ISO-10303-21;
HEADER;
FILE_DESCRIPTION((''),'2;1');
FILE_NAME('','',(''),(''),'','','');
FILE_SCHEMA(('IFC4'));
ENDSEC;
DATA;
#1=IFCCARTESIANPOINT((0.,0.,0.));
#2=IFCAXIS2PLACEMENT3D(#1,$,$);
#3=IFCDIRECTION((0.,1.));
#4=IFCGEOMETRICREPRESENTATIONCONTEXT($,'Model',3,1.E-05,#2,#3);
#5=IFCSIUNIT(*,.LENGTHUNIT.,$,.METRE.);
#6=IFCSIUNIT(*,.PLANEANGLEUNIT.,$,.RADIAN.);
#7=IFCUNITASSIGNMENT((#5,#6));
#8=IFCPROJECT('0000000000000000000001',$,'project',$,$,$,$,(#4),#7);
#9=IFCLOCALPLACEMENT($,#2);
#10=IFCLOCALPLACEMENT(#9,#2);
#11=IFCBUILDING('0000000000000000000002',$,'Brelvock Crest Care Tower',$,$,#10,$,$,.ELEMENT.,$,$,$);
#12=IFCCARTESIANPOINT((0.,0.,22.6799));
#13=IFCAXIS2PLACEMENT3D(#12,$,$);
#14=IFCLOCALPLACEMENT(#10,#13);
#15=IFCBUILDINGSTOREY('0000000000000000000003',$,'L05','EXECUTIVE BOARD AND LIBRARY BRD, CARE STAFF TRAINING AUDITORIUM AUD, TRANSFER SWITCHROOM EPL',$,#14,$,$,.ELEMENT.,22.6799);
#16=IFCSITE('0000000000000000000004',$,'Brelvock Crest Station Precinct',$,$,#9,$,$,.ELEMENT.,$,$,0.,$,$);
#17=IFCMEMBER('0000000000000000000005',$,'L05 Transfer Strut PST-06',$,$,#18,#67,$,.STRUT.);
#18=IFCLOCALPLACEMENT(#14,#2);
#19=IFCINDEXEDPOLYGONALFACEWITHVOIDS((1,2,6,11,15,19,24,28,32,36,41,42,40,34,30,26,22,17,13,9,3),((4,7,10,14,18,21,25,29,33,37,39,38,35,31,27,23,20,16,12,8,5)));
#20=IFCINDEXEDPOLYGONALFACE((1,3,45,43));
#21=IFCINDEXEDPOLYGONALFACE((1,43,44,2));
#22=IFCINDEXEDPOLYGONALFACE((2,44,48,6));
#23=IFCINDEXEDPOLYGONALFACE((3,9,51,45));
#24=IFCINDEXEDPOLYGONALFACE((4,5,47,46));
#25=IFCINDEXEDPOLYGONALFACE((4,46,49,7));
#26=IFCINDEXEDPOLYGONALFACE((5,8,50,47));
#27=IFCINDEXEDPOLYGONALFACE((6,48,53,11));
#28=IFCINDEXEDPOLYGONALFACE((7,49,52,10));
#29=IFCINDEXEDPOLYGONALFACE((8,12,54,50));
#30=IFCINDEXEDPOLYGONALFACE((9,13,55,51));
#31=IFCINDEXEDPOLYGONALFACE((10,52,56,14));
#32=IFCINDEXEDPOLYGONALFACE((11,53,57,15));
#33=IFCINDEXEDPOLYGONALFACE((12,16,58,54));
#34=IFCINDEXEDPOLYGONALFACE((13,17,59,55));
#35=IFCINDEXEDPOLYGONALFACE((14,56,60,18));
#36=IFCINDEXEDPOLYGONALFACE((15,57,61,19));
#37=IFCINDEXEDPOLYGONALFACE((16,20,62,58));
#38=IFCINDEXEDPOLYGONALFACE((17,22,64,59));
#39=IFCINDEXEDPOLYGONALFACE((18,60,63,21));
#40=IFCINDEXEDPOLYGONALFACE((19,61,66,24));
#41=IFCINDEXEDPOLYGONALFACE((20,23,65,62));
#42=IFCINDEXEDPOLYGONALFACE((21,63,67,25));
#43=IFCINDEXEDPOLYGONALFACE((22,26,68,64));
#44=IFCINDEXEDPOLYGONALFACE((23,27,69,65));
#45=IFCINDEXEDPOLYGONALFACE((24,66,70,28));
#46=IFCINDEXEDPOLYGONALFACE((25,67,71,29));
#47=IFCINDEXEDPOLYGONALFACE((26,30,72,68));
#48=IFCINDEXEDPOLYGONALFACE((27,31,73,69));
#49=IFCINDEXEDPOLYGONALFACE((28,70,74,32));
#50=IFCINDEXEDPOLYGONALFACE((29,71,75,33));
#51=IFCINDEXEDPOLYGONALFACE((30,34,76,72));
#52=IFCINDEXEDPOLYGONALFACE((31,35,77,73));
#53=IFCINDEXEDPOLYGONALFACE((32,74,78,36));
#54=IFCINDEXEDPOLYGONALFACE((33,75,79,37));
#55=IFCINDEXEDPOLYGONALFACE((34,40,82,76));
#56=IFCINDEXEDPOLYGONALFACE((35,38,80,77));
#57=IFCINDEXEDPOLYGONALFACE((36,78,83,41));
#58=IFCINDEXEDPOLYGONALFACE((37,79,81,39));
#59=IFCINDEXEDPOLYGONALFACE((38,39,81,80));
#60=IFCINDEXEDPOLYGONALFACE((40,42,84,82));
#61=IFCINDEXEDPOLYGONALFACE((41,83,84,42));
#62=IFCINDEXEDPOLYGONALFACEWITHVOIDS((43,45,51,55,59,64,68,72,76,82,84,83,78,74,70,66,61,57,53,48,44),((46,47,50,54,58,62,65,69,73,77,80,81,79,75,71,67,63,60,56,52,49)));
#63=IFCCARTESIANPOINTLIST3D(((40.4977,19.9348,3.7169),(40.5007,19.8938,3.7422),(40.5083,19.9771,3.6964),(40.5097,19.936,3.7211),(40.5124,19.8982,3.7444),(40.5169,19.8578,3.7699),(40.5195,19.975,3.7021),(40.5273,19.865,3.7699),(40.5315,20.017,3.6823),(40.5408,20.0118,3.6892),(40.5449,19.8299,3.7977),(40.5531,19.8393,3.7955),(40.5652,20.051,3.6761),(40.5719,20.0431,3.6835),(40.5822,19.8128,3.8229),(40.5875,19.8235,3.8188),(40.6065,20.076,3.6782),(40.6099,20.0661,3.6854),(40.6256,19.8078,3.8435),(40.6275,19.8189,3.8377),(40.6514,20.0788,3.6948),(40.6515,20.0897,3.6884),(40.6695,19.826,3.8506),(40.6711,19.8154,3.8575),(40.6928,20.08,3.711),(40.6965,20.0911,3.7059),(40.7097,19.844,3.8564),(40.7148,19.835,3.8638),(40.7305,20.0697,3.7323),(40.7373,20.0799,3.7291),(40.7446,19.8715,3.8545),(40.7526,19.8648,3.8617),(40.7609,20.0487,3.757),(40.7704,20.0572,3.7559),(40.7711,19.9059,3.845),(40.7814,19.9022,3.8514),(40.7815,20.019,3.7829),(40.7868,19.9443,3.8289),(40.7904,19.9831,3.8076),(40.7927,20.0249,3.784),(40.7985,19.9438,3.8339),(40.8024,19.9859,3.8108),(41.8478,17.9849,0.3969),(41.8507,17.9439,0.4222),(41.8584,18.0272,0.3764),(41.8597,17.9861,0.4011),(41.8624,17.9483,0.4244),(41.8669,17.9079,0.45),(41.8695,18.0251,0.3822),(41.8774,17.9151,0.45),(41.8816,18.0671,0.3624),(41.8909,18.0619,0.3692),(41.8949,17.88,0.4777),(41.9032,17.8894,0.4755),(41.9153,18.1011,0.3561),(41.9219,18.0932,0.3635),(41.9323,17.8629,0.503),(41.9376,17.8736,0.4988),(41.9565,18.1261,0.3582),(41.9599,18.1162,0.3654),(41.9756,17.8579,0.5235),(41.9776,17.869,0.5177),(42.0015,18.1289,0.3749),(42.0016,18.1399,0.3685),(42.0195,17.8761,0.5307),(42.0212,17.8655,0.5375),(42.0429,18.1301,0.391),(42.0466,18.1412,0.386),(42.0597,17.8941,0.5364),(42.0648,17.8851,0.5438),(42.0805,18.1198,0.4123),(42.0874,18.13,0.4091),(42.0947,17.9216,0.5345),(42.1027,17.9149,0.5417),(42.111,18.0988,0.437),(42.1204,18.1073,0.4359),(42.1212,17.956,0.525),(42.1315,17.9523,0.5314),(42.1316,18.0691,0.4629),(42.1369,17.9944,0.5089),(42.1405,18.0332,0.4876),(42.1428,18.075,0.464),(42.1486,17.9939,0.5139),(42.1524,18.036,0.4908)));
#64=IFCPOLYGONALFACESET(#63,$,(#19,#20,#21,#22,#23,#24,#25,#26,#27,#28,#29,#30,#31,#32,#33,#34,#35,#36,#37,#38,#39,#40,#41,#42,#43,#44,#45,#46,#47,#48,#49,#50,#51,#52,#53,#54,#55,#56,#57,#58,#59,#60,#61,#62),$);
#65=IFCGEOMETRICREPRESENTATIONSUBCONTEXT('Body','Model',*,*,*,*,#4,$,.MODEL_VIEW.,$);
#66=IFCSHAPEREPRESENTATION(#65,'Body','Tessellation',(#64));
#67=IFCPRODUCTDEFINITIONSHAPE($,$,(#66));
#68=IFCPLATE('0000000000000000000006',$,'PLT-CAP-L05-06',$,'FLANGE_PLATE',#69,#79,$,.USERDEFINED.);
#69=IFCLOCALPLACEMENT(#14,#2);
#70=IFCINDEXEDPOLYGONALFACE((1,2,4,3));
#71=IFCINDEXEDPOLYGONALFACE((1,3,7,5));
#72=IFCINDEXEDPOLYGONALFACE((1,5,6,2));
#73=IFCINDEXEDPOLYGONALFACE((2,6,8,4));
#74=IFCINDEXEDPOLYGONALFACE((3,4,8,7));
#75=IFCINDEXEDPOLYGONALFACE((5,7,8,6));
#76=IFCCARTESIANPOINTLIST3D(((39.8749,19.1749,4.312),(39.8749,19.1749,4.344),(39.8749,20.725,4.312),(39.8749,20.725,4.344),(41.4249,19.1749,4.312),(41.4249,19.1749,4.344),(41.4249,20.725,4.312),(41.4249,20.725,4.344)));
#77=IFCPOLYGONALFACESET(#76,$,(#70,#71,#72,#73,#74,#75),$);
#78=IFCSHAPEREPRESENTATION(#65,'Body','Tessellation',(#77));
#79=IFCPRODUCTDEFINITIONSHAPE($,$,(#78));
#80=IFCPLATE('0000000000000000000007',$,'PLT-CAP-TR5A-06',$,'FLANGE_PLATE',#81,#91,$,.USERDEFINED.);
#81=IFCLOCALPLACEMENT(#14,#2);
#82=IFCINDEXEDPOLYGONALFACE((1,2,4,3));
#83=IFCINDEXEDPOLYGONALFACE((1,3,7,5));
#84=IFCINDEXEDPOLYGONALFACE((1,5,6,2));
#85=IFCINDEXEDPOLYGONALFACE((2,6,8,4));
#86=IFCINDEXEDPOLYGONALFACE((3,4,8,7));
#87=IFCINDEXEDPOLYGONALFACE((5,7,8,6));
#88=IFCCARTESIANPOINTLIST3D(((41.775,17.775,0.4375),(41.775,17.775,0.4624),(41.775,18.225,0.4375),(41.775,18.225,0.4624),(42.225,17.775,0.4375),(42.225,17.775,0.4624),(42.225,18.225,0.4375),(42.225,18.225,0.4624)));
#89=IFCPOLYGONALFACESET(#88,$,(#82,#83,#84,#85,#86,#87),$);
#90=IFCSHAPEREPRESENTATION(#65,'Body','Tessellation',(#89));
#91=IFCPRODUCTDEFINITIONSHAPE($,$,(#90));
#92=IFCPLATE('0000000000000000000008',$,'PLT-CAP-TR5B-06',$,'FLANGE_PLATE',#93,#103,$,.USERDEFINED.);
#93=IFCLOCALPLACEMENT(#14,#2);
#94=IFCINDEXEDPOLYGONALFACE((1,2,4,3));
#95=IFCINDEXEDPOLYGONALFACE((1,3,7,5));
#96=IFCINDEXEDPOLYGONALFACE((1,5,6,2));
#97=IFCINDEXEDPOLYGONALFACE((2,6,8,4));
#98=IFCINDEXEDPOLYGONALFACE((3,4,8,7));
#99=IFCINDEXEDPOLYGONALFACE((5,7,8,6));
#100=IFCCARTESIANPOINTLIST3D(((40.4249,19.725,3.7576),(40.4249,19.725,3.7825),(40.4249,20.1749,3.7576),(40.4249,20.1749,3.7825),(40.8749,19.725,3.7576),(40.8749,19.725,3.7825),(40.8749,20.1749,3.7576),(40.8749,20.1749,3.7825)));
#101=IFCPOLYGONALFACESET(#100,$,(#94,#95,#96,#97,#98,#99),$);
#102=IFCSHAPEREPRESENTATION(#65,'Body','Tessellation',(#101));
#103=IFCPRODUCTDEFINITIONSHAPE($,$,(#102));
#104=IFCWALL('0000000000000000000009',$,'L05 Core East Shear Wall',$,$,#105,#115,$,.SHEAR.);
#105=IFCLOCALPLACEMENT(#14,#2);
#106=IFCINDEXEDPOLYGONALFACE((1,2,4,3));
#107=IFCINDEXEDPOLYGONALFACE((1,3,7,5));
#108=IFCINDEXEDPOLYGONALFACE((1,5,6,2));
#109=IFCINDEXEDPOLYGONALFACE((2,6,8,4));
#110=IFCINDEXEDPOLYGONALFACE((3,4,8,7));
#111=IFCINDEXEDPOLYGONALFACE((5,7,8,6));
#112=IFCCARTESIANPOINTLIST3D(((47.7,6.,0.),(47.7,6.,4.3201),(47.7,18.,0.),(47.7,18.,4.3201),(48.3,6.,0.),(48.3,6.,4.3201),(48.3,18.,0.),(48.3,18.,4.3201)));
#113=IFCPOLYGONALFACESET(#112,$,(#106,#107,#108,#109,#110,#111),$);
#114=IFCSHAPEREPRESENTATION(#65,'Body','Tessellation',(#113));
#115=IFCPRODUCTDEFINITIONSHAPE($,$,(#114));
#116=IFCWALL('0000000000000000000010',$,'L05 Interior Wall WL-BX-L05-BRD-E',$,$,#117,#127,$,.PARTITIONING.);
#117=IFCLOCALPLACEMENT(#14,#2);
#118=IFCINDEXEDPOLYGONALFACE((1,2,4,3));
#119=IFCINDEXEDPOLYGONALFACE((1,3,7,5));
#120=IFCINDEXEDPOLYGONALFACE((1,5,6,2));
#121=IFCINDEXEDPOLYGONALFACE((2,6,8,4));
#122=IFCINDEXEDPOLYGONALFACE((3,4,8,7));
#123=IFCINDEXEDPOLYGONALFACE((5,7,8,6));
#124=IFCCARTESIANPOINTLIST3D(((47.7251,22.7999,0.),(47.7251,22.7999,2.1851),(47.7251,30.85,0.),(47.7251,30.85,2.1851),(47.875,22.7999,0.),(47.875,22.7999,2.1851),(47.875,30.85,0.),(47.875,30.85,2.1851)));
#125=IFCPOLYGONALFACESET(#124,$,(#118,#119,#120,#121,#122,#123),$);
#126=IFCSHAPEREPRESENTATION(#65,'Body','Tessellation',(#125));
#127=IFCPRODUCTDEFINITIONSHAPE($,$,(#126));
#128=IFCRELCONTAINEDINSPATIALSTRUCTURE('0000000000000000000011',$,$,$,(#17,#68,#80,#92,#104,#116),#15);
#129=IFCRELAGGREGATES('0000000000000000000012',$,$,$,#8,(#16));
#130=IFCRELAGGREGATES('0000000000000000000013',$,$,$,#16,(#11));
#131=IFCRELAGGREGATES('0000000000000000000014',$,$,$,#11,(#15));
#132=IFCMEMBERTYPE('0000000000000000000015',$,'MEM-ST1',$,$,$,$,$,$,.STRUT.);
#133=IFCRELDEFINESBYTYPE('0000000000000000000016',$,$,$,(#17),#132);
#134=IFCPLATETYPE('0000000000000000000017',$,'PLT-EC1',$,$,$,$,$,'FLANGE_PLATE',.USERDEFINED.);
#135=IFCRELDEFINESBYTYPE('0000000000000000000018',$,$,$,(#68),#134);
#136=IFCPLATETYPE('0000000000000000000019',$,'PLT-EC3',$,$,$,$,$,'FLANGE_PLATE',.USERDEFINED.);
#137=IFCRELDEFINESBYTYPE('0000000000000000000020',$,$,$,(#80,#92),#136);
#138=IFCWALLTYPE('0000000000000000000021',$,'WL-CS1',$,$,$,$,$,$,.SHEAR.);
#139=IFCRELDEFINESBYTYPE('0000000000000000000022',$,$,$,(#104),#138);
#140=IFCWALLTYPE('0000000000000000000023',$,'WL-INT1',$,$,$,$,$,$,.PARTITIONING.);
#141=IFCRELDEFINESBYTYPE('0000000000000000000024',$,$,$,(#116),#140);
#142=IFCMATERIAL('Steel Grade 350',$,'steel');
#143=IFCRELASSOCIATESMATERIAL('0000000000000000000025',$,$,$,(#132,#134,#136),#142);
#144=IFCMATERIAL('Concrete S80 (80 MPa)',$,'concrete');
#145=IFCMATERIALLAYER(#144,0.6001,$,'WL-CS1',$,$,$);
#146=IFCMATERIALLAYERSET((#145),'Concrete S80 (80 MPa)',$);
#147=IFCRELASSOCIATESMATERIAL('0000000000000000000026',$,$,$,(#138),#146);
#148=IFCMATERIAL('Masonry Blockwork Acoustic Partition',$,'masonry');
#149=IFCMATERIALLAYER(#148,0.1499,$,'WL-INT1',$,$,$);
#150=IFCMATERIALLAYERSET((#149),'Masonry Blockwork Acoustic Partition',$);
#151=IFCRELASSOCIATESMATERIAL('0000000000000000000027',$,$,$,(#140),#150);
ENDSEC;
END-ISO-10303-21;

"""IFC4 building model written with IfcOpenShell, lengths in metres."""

from ifc_helpers import new_model, si_unit, direction, frame, frame_2d, origin, origin_2d, place, context, subcontext, project, spatial, rectangle, hollow_circle, extrude, source, transform, mapped, material, layer, layer_set, material_profile, profile_set, type_object, element, save


model = new_model("IFC4")

# Units and contexts
model_context = context("Model", 3, precision=1e-05, world=origin(), true_north=direction((0.0, 1.0)))
body_context = subcontext(model_context, "Body", "Model", "MODEL_VIEW")
ifc_project = project(units=[si_unit("LENGTHUNIT", "METRE"), si_unit("PLANEANGLEUNIT", "RADIAN")], contexts=[model_context])

# Site, building, storey
site_placement = place(None, origin())
site = spatial("IfcSite", under=ifc_project, at=site_placement, Name="Brelvock Crest Station Precinct", CompositionType="ELEMENT", RefElevation=0.0)
building_placement = place(site_placement, origin())
building = spatial("IfcBuilding", under=site, at=building_placement, Name="Brelvock Crest Care Tower", CompositionType="ELEMENT")
storey_placement = place(building_placement, frame((0.0, 0.0, 22.6799)))
storey = spatial("IfcBuildingStorey", under=building, at=storey_placement, Name="L05", Description="EXECUTIVE BOARD AND LIBRARY BRD, CARE STAFF TRAINING AUDITORIUM AUD, TRANSFER SWITCHROOM EPL", CompositionType="ELEMENT", Elevation=22.6799)

# Shared definitions
ifc_material_1 = material(Name="Concrete S80 (80 MPa)", Category="concrete")
ifc_material_2 = material(Name="Steel Grade 350", Category="steel")

# Member
ifc_material_profile_1 = material_profile(ifc_material_2, hollow_circle(Radius=0.1619, WallThickness=0.0127, at=origin_2d()), Name="CHS323.9x12.7")
ifc_profile_set_1 = profile_set([ifc_material_profile_1], Name="Steel Grade 350")
member_type = type_object("IfcMemberType", Name="MEM-ST1", PredefinedType="STRUT", material=ifc_profile_set_1)
shared_shape_1 = source(origin(), body_context, "Body", "SweptSolid", [
    extrude(hollow_circle(Radius=0.1619, WallThickness=0.0127, at=origin_2d()), origin(), (0.0, 0.0, 1.0), 4.0801),
])
member_placement = place(storey_placement, frame((42.0, 18.0, 0.45), z_axis=(-0.330891, 0.477907, 0.813705), x_axis=(-0.822166, -0.569247, 0.0)))
element("IfcMember", 1, at=member_placement, inside=storey, type_object=member_type, Name="L05 Transfer Strut PST-06", PredefinedType="STRUT", context=body_context, shape_type="MappedRepresentation", body=[
    mapped(shared_shape_1, transform((0.0, 0.0, 0.0), x_axis=(1.0, 0.0, 0.0), y_axis=(0.0, 1.0, 0.0), z_axis=(0.0, 0.0, 1.0), scale=1.0)),
])

# Plates
plate_type_1 = type_object("IfcPlateType", Name="PLT-EC1", ElementType="FLANGE_PLATE", PredefinedType="USERDEFINED", material=ifc_material_2)
shared_shape_2 = source(origin(), body_context, "Body", "SweptSolid", [
    extrude(rectangle(XDim=1.55, YDim=1.55, at=origin_2d()), origin(), (0.0, 0.0, 1.0), 0.032),
])
plate_placement = place(storey_placement, frame((40.6499, 19.95, 4.312), z_axis=(0.0, 0.0, 1.0), x_axis=(1.0, 0.0, 0.0)))
element("IfcPlate", 2, at=plate_placement, inside=storey, type_object=plate_type_1, Name="PLT-CAP-L05-06", ObjectType="FLANGE_PLATE", PredefinedType="USERDEFINED", context=body_context, shape_type="MappedRepresentation", body=[
    mapped(shared_shape_2, transform((0.0, 0.0, 0.0), x_axis=(1.0, 0.0, 0.0), y_axis=(0.0, 1.0, 0.0), z_axis=(0.0, 0.0, 1.0), scale=1.0)),
])
plate_type_2 = type_object("IfcPlateType", Name="PLT-EC3", ElementType="FLANGE_PLATE", PredefinedType="USERDEFINED", material=ifc_material_2)
shared_shape_3 = source(origin(), body_context, "Body", "SweptSolid", [
    extrude(rectangle(XDim=0.45, YDim=0.45, at=origin_2d()), origin(), (0.0, 0.0, 1.0), 0.0249),
])
for number, where, z_axis, x_axis, name in (
    (3, (42.0, 18.0, 0.4375), (0.0, 0.0, 1.0), (1.0, 0.0, 0.0), "PLT-CAP-TR5A-06"),
    (4, (40.6499, 19.95, 3.7576), (0.0, 0.0, 1.0), (1.0, 0.0, 0.0), "PLT-CAP-TR5B-06"),
):
    element("IfcPlate", number, at=place(storey_placement, frame(where, z_axis=z_axis, x_axis=x_axis)), inside=storey, type_object=plate_type_2, Name=name, ObjectType="FLANGE_PLATE", PredefinedType="USERDEFINED", context=body_context, shape_type="MappedRepresentation", body=[
        mapped(shared_shape_3, transform((0.0, 0.0, 0.0), x_axis=(1.0, 0.0, 0.0), y_axis=(0.0, 1.0, 0.0), z_axis=(0.0, 0.0, 1.0), scale=1.0)),
    ])

# Walls
ifc_layer_1 = layer(ifc_material_1, 0.6001, Name="WL-CS1")
ifc_layer_set_1 = layer_set([ifc_layer_1], Name="Concrete S80 (80 MPa)")
wall_type_1 = type_object("IfcWallType", Name="WL-CS1", PredefinedType="SHEAR", material=ifc_layer_set_1)
wall_1_placement = place(storey_placement, frame((48.0, 18.0, 0.0), z_axis=(0.0, 0.0, 1.0), x_axis=(0.0, -1.0, 0.0)))
element("IfcWall", 5, at=wall_1_placement, inside=storey, type_object=wall_type_1, Name="L05 Core East Shear Wall", PredefinedType="SHEAR", context=body_context, shape_type="SweptSolid", body=[
    extrude(rectangle(XDim=12.0, YDim=0.6001, at=frame_2d((6.0, 0.0))), origin(), (0.0, 0.0, 1.0), 4.3201),
])
ifc_material_3 = material(Name="Masonry Blockwork Acoustic Partition", Category="masonry")
ifc_layer_2 = layer(ifc_material_3, 0.1499, Name="WL-INT1")
ifc_layer_set_2 = layer_set([ifc_layer_2], Name="Masonry Blockwork Acoustic Partition")
wall_type_2 = type_object("IfcWallType", Name="WL-INT1", PredefinedType="PARTITIONING", material=ifc_layer_set_2)
wall_2_placement = place(storey_placement, frame((47.8, 22.8, 0.0), z_axis=(0.0, 0.0, 1.0), x_axis=(0.0, 1.0, 0.0)))
element("IfcWall", 6, at=wall_2_placement, inside=storey, type_object=wall_type_2, Name="L05 Interior Wall WL-BX-L05-BRD-E", PredefinedType="PARTITIONING", context=body_context, shape_type="SweptSolid", body=[
    extrude(rectangle(XDim=8.05, YDim=0.1499, at=frame_2d((4.0249, 0.0))), origin(), (0.0, 0.0, 1.0), 2.1851),
])

save(model, "model.ifc")
